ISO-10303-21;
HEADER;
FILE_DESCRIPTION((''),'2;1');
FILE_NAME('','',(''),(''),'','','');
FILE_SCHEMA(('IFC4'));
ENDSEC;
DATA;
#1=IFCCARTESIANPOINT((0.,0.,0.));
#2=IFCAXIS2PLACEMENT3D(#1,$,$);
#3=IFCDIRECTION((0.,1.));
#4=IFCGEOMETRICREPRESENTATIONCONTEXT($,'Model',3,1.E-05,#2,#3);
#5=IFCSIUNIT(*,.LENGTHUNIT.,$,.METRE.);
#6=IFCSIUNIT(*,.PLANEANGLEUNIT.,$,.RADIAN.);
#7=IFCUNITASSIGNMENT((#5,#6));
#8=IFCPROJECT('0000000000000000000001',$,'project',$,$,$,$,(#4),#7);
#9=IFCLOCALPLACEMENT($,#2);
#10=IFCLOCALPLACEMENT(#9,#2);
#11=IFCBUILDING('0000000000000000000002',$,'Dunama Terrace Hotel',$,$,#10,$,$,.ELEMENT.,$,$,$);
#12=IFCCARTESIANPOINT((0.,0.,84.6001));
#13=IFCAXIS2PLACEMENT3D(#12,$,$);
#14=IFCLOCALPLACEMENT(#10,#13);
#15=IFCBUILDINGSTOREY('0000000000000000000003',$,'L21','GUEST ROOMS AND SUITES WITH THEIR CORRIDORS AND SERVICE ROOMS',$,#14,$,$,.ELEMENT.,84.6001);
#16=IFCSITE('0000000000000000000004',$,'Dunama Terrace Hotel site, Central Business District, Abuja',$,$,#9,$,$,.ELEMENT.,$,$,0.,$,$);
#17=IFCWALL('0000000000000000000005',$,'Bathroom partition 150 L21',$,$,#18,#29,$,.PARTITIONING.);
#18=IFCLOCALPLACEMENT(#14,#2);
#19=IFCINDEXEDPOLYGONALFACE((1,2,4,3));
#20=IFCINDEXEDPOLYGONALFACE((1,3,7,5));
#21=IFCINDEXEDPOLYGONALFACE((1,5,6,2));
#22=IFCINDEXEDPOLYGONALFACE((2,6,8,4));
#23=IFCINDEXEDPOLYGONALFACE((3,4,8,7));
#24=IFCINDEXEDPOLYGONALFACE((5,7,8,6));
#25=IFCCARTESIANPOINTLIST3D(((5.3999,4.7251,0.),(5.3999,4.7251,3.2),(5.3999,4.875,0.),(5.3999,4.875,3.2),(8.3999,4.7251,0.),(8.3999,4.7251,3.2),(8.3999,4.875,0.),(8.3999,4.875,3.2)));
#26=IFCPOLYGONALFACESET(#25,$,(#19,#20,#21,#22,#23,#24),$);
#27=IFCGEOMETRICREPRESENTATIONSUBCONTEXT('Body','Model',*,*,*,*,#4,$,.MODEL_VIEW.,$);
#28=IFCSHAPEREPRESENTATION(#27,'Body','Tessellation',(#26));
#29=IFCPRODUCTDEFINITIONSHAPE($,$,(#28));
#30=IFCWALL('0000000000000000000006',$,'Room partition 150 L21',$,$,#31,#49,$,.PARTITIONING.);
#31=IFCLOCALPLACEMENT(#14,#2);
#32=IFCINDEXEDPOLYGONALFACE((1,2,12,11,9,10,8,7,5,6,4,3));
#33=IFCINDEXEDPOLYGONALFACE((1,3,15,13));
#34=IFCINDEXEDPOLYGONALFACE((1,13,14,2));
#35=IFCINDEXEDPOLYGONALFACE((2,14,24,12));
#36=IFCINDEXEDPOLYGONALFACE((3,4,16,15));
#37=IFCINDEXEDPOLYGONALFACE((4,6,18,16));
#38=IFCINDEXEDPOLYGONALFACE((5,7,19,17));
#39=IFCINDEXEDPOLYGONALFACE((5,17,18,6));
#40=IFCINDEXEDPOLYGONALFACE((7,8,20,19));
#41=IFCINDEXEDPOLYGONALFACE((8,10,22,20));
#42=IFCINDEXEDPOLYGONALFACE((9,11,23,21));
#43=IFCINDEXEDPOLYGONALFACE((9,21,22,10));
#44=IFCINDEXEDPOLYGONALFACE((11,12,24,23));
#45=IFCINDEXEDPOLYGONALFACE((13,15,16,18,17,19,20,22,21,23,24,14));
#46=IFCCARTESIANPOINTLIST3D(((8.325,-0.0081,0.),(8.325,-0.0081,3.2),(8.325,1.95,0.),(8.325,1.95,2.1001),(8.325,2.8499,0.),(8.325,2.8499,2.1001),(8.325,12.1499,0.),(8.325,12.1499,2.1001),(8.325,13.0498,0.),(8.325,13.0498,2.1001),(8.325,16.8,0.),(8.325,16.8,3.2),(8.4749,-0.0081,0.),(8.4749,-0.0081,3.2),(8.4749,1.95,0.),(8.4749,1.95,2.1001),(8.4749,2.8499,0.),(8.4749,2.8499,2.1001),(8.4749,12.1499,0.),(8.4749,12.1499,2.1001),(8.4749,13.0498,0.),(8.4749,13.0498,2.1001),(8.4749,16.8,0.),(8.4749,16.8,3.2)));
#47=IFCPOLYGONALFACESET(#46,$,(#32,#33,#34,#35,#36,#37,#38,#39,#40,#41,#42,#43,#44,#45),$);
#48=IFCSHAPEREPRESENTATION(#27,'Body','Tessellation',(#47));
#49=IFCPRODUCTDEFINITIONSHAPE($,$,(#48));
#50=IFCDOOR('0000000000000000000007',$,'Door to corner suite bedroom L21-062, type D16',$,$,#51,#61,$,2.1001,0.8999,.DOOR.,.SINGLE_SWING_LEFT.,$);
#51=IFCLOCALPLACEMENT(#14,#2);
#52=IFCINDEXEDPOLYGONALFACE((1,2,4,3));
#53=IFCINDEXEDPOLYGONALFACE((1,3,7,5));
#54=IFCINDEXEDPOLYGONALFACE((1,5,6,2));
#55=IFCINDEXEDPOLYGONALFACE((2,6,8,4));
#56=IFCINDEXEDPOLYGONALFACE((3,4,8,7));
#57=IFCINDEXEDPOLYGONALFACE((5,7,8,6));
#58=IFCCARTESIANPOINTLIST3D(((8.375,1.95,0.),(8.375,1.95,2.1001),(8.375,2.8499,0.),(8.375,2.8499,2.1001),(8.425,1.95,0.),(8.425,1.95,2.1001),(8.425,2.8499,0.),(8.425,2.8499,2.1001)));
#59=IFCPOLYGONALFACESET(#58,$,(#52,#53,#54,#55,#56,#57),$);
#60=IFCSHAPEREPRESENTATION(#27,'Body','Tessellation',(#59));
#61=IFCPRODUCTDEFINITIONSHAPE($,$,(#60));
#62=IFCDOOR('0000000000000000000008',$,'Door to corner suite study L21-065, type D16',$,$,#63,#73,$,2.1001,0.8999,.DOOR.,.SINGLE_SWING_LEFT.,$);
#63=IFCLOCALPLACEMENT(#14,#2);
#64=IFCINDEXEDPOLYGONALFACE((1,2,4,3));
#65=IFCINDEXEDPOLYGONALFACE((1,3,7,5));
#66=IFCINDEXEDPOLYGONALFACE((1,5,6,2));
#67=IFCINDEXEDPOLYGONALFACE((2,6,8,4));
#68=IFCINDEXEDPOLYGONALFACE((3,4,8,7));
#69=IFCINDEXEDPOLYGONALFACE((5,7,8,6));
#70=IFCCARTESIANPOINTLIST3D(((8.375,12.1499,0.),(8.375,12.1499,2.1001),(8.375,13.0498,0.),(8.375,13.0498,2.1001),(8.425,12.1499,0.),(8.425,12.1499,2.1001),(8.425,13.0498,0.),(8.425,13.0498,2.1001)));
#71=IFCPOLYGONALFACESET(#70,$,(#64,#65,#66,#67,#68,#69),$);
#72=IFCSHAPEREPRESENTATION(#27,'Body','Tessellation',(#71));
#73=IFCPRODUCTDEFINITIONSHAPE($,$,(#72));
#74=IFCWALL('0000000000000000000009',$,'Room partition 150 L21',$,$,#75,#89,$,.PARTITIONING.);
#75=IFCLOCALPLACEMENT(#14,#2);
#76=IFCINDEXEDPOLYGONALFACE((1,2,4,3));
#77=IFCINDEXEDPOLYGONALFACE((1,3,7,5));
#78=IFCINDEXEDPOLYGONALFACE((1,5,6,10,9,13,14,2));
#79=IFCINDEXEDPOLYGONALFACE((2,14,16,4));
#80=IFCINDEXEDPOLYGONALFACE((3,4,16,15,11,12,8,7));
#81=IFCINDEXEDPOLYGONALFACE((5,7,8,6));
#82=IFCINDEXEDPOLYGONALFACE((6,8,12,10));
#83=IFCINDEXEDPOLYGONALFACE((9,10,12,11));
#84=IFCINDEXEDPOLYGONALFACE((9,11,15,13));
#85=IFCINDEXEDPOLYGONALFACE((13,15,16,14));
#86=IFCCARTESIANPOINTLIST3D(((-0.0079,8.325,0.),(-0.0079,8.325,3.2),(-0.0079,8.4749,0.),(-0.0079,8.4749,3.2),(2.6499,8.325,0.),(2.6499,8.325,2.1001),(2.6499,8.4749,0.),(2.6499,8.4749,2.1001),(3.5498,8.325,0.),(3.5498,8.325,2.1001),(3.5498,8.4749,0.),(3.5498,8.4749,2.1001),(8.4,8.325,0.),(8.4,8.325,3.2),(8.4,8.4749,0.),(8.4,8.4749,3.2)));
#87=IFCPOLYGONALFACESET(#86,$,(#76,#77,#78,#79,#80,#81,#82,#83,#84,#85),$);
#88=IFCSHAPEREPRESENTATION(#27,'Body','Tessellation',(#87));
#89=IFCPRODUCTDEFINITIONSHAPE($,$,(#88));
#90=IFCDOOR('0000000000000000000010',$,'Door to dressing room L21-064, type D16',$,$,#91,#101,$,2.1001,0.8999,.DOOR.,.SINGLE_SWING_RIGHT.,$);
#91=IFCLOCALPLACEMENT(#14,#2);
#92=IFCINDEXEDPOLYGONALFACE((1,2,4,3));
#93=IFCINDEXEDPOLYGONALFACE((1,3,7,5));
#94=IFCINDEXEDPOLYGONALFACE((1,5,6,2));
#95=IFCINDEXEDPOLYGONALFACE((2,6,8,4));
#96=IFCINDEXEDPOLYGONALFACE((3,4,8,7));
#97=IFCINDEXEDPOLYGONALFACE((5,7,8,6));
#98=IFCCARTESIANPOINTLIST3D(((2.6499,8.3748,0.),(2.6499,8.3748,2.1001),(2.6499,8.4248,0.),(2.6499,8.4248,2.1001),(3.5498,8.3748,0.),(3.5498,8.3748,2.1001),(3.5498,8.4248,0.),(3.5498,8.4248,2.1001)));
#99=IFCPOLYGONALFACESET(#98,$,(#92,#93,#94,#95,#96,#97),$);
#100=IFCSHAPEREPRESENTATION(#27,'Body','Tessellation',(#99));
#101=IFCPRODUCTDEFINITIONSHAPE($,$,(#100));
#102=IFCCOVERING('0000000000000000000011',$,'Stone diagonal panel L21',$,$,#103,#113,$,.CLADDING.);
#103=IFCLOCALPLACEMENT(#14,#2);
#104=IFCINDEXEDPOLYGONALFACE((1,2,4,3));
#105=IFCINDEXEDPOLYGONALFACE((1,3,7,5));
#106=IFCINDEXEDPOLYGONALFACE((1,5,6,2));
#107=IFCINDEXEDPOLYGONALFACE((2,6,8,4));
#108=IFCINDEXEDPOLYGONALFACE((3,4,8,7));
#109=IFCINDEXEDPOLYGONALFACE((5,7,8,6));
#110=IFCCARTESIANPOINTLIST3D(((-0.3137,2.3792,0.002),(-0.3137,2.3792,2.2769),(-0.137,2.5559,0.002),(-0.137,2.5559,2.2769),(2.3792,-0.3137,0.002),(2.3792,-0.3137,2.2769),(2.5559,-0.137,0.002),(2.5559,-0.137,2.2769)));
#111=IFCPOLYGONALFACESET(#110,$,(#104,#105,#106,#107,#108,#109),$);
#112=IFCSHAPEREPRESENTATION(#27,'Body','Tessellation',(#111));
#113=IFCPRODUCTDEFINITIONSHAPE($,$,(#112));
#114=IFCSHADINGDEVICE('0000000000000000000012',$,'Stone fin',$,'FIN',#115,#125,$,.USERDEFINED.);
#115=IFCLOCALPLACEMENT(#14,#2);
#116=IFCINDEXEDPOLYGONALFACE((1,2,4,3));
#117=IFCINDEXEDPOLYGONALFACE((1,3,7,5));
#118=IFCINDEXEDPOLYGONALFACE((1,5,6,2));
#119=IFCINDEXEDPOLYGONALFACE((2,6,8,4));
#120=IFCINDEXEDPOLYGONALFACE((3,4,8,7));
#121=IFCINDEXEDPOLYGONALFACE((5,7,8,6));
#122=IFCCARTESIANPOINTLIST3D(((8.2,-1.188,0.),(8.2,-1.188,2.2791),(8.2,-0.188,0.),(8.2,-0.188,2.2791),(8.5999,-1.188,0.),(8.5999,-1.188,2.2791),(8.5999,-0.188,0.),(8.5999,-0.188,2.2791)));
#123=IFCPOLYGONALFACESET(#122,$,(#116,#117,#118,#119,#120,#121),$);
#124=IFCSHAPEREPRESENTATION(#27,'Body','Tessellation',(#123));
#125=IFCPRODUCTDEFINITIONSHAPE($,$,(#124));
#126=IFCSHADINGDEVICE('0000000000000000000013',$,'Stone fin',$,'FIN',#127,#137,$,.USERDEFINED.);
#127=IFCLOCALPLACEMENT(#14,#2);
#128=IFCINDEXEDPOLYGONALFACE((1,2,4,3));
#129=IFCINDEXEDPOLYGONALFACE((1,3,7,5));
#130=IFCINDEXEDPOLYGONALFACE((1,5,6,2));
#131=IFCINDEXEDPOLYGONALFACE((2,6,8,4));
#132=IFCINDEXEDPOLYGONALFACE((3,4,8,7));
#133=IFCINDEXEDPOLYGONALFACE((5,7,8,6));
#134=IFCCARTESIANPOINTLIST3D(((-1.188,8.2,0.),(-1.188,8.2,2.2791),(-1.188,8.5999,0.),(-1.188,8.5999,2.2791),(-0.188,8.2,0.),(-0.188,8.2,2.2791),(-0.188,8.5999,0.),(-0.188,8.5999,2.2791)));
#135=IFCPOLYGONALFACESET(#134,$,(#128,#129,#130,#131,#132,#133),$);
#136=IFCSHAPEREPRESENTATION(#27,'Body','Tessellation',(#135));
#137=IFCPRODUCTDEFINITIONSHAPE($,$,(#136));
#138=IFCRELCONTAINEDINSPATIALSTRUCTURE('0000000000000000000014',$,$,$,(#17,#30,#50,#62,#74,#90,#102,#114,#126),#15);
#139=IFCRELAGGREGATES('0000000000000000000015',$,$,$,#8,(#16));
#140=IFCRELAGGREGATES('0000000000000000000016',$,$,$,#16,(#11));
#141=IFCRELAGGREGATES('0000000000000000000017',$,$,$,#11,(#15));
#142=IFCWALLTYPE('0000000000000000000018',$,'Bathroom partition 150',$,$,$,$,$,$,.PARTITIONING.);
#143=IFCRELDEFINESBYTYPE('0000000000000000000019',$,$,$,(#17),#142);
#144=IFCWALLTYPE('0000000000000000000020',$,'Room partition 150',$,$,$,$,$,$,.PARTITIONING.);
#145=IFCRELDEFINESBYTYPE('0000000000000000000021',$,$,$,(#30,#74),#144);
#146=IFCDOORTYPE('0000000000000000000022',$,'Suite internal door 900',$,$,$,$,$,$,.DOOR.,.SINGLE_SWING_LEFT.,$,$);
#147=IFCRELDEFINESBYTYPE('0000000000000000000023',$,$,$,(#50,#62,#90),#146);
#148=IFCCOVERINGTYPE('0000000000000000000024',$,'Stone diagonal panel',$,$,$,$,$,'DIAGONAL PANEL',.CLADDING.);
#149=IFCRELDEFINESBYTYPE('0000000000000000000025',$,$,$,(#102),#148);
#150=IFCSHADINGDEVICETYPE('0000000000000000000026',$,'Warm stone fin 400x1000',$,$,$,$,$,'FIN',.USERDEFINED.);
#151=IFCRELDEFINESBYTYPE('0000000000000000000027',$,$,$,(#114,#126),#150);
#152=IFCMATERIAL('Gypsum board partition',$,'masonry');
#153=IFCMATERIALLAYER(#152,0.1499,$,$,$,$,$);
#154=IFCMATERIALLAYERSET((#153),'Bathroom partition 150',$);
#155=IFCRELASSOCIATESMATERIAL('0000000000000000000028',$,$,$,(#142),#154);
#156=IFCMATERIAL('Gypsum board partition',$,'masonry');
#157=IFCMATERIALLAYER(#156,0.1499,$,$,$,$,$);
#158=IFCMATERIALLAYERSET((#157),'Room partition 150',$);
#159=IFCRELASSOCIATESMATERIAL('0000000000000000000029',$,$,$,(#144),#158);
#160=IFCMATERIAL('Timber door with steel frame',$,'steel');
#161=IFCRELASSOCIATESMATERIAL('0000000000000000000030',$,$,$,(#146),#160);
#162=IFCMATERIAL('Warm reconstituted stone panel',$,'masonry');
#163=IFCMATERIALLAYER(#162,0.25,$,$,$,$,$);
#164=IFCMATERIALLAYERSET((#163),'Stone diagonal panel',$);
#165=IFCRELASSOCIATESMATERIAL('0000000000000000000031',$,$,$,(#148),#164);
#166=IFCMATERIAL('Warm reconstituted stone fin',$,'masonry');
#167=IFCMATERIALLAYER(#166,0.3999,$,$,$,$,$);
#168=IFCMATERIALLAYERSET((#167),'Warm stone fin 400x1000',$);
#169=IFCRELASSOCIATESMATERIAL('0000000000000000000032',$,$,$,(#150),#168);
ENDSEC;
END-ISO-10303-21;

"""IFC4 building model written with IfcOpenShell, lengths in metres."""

from ifc_helpers import new_model, si_unit, direction, frame, frame_2d, origin, origin_2d, place, context, subcontext, project, spatial, rectangle, extrude, material, layer, layer_set, type_object, element, fill, save


model = new_model("IFC4")

# Units and contexts
model_context = context("Model", 3, precision=1e-05, world=origin(), true_north=direction((0.0, 1.0)))
body_context = subcontext(model_context, "Body", "Model", "MODEL_VIEW")
ifc_project = project(units=[si_unit("LENGTHUNIT", "METRE"), si_unit("PLANEANGLEUNIT", "RADIAN")], contexts=[model_context])

# Site, building, storey
site_placement = place(None, origin())
site = spatial("IfcSite", under=ifc_project, at=site_placement, Name="Dunama Terrace Hotel site, Central Business District, Abuja", CompositionType="ELEMENT", RefElevation=0.0)
building_placement = place(site_placement, origin())
building = spatial("IfcBuilding", under=site, at=building_placement, Name="Dunama Terrace Hotel", CompositionType="ELEMENT")
storey_placement = place(building_placement, frame((0.0, 0.0, 84.6001)))
storey = spatial("IfcBuildingStorey", under=building, at=storey_placement, Name="L21", Description="GUEST ROOMS AND SUITES WITH THEIR CORRIDORS AND SERVICE ROOMS", CompositionType="ELEMENT", Elevation=84.6001)

# Shared definitions
ifc_material_1 = material(Name="Gypsum board partition", Category="masonry")
ifc_layer_1 = layer(ifc_material_1, 0.1499)
ifc_layer_set_1 = layer_set([ifc_layer_1], Name="Bathroom partition 150")
wall_type_1 = type_object("IfcWallType", Name="Bathroom partition 150", PredefinedType="PARTITIONING", material=ifc_layer_set_1)

# Wall
wall_1_placement = place(storey_placement, frame((5.3999, 4.8, 0.0), z_axis=(0.0, 0.0, 1.0), x_axis=(1.0, 0.0, 0.0)))
element("IfcWall", 1, at=wall_1_placement, inside=storey, type_object=wall_type_1, Name="Bathroom partition 150 L21", PredefinedType="PARTITIONING", context=body_context, shape_type="SweptSolid", body=[
    extrude(rectangle(XDim=3.0, YDim=0.1499, at=frame_2d((1.5, 0.0))), origin(), (0.0, 0.0, 1.0), 3.2),
])

# Wall, openings, doors
ifc_material_2 = material(Name="Gypsum board partition", Category="masonry")
ifc_layer_2 = layer(ifc_material_2, 0.1499)
ifc_layer_set_2 = layer_set([ifc_layer_2], Name="Room partition 150")
wall_type_2 = type_object("IfcWallType", Name="Room partition 150", PredefinedType="PARTITIONING", material=ifc_layer_set_2)
wall_2_placement = place(storey_placement, frame((8.3999, -0.0081, 0.0), z_axis=(0.0, 0.0, 1.0), x_axis=(0.0, 1.0, 0.0)))
wall_2 = element("IfcWall", 2, at=wall_2_placement, inside=storey, type_object=wall_type_2, Name="Room partition 150 L21", PredefinedType="PARTITIONING", context=body_context, shape_type="SweptSolid", body=[
    extrude(rectangle(XDim=16.8081, YDim=0.1499, at=frame_2d((8.4041, 0.0))), origin(), (0.0, 0.0, 1.0), 3.2),
])
opening_1_placement = place(wall_2_placement, frame((1.958, 0.0, 0.0)))
opening_1 = element("IfcOpeningElement", 3, at=opening_1_placement, cuts=wall_2, PredefinedType="OPENING", context=body_context, shape_type="SweptSolid", body=[
    extrude(rectangle(XDim=0.8999, YDim=2.1001, at=frame_2d((0.45, 1.05))), frame((0.0, 0.085, 0.0), z_axis=(0.0, -1.0, 0.0), x_axis=(1.0, 0.0, 0.0)), (0.0, 0.0, 1.0), 0.1699),
])
opening_2_placement = place(wall_2_placement, frame((12.158, 0.0, 0.0)))
opening_2 = element("IfcOpeningElement", 4, at=opening_2_placement, cuts=wall_2, PredefinedType="OPENING", context=body_context, shape_type="SweptSolid", body=[
    extrude(rectangle(XDim=0.8999, YDim=2.1001, at=frame_2d((0.45, 1.05))), frame((0.0, 0.085, 0.0), z_axis=(0.0, -1.0, 0.0), x_axis=(1.0, 0.0, 0.0)), (0.0, 0.0, 1.0), 0.1699),
])
ifc_material_3 = material(Name="Timber door with steel frame", Category="steel")
door_type_1 = type_object("IfcDoorType", Name="Suite internal door 900", OperationType="SINGLE_SWING_LEFT", PredefinedType="DOOR", material=ifc_material_3)
door_1_placement = place(opening_1_placement, origin())
door_1 = element("IfcDoor", 5, at=door_1_placement, inside=storey, type_object=door_type_1, Name="Door to corner suite bedroom L21-062, type D16", OperationType="SINGLE_SWING_LEFT", OverallHeight=2.1001, OverallWidth=0.8999, PredefinedType="DOOR", context=body_context, shape_type="SweptSolid", body=[
    extrude(rectangle(XDim=0.8999, YDim=2.1001, at=frame_2d((0.45, 1.05))), frame((0.0, 0.0249, 0.0), z_axis=(0.0, -1.0, 0.0), x_axis=(1.0, 0.0, 0.0)), (0.0, 0.0, 1.0), 0.05),
])
fill(opening_1, door_1)
door_2_placement = place(opening_2_placement, origin())
door_2 = element("IfcDoor", 6, at=door_2_placement, inside=storey, type_object=door_type_1, Name="Door to corner suite study L21-065, type D16", OperationType="SINGLE_SWING_LEFT", OverallHeight=2.1001, OverallWidth=0.8999, PredefinedType="DOOR", context=body_context, shape_type="SweptSolid", body=[
    extrude(rectangle(XDim=0.8999, YDim=2.1001, at=frame_2d((0.45, 1.05))), frame((0.0, 0.0249, 0.0), z_axis=(0.0, -1.0, 0.0), x_axis=(1.0, 0.0, 0.0)), (0.0, 0.0, 1.0), 0.05),
])
fill(opening_2, door_2)

# Wall, opening, door
wall_3_placement = place(storey_placement, frame((-0.0081, 8.3999, 0.0), z_axis=(0.0, 0.0, 1.0), x_axis=(1.0, 0.0, 0.0)))
wall_3 = element("IfcWall", 7, at=wall_3_placement, inside=storey, type_object=wall_type_2, Name="Room partition 150 L21", PredefinedType="PARTITIONING", context=body_context, shape_type="SweptSolid", body=[
    extrude(rectangle(XDim=8.408, YDim=0.1499, at=frame_2d((4.2041, 0.0))), origin(), (0.0, 0.0, 1.0), 3.2),
])
opening_3_placement = place(wall_3_placement, frame((2.658, 0.0, 0.0)))
opening_3 = element("IfcOpeningElement", 8, at=opening_3_placement, cuts=wall_3, PredefinedType="OPENING", context=body_context, shape_type="SweptSolid", body=[
    extrude(rectangle(XDim=0.8999, YDim=2.1001, at=frame_2d((0.45, 1.05))), frame((0.0, 0.085, 0.0), z_axis=(0.0, -1.0, 0.0), x_axis=(1.0, 0.0, 0.0)), (0.0, 0.0, 1.0), 0.1699),
])
door_3_placement = place(opening_3_placement, origin())
door_3 = element("IfcDoor", 9, at=door_3_placement, inside=storey, type_object=door_type_1, Name="Door to dressing room L21-064, type D16", OperationType="SINGLE_SWING_RIGHT", OverallHeight=2.1001, OverallWidth=0.8999, PredefinedType="DOOR", context=body_context, shape_type="SweptSolid", body=[
    extrude(rectangle(XDim=0.8999, YDim=2.1001, at=frame_2d((0.45, 1.05))), frame((0.0, 0.0249, 0.0), z_axis=(0.0, -1.0, 0.0), x_axis=(1.0, 0.0, 0.0)), (0.0, 0.0, 1.0), 0.05),
])
fill(opening_3, door_3)

# Covering
ifc_material_4 = material(Name="Warm reconstituted stone panel", Category="masonry")
ifc_layer_3 = layer(ifc_material_4, 0.25)
ifc_layer_set_3 = layer_set([ifc_layer_3], Name="Stone diagonal panel")
covering_type = type_object("IfcCoveringType", Name="Stone diagonal panel", ElementType="DIAGONAL PANEL", PredefinedType="CLADDING", material=ifc_layer_set_3)
covering_placement = place(storey_placement, frame((1.1211, 1.1211, 0.002), z_axis=(0.0, 0.0, 1.0), x_axis=(0.707107, -0.707107, 0.0)))
element("IfcCovering", 10, at=covering_placement, inside=storey, type_object=covering_type, Name="Stone diagonal panel L21", PredefinedType="CLADDING", context=body_context, shape_type="SweptSolid", body=[
    extrude(rectangle(XDim=3.8083, YDim=0.25, at=origin_2d()), origin(), (0.0, 0.0, 1.0), 2.2749),
])

# Shading devices
ifc_material_5 = material(Name="Warm reconstituted stone fin", Category="masonry")
ifc_layer_4 = layer(ifc_material_5, 0.3999)
ifc_layer_set_4 = layer_set([ifc_layer_4], Name="Warm stone fin 400x1000")
shading_device_type = type_object("IfcShadingDeviceType", Name="Warm stone fin 400x1000", ElementType="FIN", PredefinedType="USERDEFINED", material=ifc_layer_set_4)
for number, where, z_axis, x_axis, name in (
    (11, (8.3999, -0.688, 0.0), (0.0, 0.0, 1.0), (1.0, 0.0, 0.0), "Stone fin"),
    (12, (-0.688, 8.3999, 0.0), (0.0, 0.0, 1.0), (0.0, -1.0, 0.0), "Stone fin"),
):
    element("IfcShadingDevice", number, at=place(storey_placement, frame(where, z_axis=z_axis, x_axis=x_axis)), inside=storey, type_object=shading_device_type, Name=name, ObjectType="FIN", PredefinedType="USERDEFINED", context=body_context, shape_type="SweptSolid", body=[
        extrude(rectangle(XDim=0.3999, YDim=1.0, at=origin_2d()), origin(), (0.0, 0.0, 1.0), 2.2791),
    ])

save(model, "model.ifc")
